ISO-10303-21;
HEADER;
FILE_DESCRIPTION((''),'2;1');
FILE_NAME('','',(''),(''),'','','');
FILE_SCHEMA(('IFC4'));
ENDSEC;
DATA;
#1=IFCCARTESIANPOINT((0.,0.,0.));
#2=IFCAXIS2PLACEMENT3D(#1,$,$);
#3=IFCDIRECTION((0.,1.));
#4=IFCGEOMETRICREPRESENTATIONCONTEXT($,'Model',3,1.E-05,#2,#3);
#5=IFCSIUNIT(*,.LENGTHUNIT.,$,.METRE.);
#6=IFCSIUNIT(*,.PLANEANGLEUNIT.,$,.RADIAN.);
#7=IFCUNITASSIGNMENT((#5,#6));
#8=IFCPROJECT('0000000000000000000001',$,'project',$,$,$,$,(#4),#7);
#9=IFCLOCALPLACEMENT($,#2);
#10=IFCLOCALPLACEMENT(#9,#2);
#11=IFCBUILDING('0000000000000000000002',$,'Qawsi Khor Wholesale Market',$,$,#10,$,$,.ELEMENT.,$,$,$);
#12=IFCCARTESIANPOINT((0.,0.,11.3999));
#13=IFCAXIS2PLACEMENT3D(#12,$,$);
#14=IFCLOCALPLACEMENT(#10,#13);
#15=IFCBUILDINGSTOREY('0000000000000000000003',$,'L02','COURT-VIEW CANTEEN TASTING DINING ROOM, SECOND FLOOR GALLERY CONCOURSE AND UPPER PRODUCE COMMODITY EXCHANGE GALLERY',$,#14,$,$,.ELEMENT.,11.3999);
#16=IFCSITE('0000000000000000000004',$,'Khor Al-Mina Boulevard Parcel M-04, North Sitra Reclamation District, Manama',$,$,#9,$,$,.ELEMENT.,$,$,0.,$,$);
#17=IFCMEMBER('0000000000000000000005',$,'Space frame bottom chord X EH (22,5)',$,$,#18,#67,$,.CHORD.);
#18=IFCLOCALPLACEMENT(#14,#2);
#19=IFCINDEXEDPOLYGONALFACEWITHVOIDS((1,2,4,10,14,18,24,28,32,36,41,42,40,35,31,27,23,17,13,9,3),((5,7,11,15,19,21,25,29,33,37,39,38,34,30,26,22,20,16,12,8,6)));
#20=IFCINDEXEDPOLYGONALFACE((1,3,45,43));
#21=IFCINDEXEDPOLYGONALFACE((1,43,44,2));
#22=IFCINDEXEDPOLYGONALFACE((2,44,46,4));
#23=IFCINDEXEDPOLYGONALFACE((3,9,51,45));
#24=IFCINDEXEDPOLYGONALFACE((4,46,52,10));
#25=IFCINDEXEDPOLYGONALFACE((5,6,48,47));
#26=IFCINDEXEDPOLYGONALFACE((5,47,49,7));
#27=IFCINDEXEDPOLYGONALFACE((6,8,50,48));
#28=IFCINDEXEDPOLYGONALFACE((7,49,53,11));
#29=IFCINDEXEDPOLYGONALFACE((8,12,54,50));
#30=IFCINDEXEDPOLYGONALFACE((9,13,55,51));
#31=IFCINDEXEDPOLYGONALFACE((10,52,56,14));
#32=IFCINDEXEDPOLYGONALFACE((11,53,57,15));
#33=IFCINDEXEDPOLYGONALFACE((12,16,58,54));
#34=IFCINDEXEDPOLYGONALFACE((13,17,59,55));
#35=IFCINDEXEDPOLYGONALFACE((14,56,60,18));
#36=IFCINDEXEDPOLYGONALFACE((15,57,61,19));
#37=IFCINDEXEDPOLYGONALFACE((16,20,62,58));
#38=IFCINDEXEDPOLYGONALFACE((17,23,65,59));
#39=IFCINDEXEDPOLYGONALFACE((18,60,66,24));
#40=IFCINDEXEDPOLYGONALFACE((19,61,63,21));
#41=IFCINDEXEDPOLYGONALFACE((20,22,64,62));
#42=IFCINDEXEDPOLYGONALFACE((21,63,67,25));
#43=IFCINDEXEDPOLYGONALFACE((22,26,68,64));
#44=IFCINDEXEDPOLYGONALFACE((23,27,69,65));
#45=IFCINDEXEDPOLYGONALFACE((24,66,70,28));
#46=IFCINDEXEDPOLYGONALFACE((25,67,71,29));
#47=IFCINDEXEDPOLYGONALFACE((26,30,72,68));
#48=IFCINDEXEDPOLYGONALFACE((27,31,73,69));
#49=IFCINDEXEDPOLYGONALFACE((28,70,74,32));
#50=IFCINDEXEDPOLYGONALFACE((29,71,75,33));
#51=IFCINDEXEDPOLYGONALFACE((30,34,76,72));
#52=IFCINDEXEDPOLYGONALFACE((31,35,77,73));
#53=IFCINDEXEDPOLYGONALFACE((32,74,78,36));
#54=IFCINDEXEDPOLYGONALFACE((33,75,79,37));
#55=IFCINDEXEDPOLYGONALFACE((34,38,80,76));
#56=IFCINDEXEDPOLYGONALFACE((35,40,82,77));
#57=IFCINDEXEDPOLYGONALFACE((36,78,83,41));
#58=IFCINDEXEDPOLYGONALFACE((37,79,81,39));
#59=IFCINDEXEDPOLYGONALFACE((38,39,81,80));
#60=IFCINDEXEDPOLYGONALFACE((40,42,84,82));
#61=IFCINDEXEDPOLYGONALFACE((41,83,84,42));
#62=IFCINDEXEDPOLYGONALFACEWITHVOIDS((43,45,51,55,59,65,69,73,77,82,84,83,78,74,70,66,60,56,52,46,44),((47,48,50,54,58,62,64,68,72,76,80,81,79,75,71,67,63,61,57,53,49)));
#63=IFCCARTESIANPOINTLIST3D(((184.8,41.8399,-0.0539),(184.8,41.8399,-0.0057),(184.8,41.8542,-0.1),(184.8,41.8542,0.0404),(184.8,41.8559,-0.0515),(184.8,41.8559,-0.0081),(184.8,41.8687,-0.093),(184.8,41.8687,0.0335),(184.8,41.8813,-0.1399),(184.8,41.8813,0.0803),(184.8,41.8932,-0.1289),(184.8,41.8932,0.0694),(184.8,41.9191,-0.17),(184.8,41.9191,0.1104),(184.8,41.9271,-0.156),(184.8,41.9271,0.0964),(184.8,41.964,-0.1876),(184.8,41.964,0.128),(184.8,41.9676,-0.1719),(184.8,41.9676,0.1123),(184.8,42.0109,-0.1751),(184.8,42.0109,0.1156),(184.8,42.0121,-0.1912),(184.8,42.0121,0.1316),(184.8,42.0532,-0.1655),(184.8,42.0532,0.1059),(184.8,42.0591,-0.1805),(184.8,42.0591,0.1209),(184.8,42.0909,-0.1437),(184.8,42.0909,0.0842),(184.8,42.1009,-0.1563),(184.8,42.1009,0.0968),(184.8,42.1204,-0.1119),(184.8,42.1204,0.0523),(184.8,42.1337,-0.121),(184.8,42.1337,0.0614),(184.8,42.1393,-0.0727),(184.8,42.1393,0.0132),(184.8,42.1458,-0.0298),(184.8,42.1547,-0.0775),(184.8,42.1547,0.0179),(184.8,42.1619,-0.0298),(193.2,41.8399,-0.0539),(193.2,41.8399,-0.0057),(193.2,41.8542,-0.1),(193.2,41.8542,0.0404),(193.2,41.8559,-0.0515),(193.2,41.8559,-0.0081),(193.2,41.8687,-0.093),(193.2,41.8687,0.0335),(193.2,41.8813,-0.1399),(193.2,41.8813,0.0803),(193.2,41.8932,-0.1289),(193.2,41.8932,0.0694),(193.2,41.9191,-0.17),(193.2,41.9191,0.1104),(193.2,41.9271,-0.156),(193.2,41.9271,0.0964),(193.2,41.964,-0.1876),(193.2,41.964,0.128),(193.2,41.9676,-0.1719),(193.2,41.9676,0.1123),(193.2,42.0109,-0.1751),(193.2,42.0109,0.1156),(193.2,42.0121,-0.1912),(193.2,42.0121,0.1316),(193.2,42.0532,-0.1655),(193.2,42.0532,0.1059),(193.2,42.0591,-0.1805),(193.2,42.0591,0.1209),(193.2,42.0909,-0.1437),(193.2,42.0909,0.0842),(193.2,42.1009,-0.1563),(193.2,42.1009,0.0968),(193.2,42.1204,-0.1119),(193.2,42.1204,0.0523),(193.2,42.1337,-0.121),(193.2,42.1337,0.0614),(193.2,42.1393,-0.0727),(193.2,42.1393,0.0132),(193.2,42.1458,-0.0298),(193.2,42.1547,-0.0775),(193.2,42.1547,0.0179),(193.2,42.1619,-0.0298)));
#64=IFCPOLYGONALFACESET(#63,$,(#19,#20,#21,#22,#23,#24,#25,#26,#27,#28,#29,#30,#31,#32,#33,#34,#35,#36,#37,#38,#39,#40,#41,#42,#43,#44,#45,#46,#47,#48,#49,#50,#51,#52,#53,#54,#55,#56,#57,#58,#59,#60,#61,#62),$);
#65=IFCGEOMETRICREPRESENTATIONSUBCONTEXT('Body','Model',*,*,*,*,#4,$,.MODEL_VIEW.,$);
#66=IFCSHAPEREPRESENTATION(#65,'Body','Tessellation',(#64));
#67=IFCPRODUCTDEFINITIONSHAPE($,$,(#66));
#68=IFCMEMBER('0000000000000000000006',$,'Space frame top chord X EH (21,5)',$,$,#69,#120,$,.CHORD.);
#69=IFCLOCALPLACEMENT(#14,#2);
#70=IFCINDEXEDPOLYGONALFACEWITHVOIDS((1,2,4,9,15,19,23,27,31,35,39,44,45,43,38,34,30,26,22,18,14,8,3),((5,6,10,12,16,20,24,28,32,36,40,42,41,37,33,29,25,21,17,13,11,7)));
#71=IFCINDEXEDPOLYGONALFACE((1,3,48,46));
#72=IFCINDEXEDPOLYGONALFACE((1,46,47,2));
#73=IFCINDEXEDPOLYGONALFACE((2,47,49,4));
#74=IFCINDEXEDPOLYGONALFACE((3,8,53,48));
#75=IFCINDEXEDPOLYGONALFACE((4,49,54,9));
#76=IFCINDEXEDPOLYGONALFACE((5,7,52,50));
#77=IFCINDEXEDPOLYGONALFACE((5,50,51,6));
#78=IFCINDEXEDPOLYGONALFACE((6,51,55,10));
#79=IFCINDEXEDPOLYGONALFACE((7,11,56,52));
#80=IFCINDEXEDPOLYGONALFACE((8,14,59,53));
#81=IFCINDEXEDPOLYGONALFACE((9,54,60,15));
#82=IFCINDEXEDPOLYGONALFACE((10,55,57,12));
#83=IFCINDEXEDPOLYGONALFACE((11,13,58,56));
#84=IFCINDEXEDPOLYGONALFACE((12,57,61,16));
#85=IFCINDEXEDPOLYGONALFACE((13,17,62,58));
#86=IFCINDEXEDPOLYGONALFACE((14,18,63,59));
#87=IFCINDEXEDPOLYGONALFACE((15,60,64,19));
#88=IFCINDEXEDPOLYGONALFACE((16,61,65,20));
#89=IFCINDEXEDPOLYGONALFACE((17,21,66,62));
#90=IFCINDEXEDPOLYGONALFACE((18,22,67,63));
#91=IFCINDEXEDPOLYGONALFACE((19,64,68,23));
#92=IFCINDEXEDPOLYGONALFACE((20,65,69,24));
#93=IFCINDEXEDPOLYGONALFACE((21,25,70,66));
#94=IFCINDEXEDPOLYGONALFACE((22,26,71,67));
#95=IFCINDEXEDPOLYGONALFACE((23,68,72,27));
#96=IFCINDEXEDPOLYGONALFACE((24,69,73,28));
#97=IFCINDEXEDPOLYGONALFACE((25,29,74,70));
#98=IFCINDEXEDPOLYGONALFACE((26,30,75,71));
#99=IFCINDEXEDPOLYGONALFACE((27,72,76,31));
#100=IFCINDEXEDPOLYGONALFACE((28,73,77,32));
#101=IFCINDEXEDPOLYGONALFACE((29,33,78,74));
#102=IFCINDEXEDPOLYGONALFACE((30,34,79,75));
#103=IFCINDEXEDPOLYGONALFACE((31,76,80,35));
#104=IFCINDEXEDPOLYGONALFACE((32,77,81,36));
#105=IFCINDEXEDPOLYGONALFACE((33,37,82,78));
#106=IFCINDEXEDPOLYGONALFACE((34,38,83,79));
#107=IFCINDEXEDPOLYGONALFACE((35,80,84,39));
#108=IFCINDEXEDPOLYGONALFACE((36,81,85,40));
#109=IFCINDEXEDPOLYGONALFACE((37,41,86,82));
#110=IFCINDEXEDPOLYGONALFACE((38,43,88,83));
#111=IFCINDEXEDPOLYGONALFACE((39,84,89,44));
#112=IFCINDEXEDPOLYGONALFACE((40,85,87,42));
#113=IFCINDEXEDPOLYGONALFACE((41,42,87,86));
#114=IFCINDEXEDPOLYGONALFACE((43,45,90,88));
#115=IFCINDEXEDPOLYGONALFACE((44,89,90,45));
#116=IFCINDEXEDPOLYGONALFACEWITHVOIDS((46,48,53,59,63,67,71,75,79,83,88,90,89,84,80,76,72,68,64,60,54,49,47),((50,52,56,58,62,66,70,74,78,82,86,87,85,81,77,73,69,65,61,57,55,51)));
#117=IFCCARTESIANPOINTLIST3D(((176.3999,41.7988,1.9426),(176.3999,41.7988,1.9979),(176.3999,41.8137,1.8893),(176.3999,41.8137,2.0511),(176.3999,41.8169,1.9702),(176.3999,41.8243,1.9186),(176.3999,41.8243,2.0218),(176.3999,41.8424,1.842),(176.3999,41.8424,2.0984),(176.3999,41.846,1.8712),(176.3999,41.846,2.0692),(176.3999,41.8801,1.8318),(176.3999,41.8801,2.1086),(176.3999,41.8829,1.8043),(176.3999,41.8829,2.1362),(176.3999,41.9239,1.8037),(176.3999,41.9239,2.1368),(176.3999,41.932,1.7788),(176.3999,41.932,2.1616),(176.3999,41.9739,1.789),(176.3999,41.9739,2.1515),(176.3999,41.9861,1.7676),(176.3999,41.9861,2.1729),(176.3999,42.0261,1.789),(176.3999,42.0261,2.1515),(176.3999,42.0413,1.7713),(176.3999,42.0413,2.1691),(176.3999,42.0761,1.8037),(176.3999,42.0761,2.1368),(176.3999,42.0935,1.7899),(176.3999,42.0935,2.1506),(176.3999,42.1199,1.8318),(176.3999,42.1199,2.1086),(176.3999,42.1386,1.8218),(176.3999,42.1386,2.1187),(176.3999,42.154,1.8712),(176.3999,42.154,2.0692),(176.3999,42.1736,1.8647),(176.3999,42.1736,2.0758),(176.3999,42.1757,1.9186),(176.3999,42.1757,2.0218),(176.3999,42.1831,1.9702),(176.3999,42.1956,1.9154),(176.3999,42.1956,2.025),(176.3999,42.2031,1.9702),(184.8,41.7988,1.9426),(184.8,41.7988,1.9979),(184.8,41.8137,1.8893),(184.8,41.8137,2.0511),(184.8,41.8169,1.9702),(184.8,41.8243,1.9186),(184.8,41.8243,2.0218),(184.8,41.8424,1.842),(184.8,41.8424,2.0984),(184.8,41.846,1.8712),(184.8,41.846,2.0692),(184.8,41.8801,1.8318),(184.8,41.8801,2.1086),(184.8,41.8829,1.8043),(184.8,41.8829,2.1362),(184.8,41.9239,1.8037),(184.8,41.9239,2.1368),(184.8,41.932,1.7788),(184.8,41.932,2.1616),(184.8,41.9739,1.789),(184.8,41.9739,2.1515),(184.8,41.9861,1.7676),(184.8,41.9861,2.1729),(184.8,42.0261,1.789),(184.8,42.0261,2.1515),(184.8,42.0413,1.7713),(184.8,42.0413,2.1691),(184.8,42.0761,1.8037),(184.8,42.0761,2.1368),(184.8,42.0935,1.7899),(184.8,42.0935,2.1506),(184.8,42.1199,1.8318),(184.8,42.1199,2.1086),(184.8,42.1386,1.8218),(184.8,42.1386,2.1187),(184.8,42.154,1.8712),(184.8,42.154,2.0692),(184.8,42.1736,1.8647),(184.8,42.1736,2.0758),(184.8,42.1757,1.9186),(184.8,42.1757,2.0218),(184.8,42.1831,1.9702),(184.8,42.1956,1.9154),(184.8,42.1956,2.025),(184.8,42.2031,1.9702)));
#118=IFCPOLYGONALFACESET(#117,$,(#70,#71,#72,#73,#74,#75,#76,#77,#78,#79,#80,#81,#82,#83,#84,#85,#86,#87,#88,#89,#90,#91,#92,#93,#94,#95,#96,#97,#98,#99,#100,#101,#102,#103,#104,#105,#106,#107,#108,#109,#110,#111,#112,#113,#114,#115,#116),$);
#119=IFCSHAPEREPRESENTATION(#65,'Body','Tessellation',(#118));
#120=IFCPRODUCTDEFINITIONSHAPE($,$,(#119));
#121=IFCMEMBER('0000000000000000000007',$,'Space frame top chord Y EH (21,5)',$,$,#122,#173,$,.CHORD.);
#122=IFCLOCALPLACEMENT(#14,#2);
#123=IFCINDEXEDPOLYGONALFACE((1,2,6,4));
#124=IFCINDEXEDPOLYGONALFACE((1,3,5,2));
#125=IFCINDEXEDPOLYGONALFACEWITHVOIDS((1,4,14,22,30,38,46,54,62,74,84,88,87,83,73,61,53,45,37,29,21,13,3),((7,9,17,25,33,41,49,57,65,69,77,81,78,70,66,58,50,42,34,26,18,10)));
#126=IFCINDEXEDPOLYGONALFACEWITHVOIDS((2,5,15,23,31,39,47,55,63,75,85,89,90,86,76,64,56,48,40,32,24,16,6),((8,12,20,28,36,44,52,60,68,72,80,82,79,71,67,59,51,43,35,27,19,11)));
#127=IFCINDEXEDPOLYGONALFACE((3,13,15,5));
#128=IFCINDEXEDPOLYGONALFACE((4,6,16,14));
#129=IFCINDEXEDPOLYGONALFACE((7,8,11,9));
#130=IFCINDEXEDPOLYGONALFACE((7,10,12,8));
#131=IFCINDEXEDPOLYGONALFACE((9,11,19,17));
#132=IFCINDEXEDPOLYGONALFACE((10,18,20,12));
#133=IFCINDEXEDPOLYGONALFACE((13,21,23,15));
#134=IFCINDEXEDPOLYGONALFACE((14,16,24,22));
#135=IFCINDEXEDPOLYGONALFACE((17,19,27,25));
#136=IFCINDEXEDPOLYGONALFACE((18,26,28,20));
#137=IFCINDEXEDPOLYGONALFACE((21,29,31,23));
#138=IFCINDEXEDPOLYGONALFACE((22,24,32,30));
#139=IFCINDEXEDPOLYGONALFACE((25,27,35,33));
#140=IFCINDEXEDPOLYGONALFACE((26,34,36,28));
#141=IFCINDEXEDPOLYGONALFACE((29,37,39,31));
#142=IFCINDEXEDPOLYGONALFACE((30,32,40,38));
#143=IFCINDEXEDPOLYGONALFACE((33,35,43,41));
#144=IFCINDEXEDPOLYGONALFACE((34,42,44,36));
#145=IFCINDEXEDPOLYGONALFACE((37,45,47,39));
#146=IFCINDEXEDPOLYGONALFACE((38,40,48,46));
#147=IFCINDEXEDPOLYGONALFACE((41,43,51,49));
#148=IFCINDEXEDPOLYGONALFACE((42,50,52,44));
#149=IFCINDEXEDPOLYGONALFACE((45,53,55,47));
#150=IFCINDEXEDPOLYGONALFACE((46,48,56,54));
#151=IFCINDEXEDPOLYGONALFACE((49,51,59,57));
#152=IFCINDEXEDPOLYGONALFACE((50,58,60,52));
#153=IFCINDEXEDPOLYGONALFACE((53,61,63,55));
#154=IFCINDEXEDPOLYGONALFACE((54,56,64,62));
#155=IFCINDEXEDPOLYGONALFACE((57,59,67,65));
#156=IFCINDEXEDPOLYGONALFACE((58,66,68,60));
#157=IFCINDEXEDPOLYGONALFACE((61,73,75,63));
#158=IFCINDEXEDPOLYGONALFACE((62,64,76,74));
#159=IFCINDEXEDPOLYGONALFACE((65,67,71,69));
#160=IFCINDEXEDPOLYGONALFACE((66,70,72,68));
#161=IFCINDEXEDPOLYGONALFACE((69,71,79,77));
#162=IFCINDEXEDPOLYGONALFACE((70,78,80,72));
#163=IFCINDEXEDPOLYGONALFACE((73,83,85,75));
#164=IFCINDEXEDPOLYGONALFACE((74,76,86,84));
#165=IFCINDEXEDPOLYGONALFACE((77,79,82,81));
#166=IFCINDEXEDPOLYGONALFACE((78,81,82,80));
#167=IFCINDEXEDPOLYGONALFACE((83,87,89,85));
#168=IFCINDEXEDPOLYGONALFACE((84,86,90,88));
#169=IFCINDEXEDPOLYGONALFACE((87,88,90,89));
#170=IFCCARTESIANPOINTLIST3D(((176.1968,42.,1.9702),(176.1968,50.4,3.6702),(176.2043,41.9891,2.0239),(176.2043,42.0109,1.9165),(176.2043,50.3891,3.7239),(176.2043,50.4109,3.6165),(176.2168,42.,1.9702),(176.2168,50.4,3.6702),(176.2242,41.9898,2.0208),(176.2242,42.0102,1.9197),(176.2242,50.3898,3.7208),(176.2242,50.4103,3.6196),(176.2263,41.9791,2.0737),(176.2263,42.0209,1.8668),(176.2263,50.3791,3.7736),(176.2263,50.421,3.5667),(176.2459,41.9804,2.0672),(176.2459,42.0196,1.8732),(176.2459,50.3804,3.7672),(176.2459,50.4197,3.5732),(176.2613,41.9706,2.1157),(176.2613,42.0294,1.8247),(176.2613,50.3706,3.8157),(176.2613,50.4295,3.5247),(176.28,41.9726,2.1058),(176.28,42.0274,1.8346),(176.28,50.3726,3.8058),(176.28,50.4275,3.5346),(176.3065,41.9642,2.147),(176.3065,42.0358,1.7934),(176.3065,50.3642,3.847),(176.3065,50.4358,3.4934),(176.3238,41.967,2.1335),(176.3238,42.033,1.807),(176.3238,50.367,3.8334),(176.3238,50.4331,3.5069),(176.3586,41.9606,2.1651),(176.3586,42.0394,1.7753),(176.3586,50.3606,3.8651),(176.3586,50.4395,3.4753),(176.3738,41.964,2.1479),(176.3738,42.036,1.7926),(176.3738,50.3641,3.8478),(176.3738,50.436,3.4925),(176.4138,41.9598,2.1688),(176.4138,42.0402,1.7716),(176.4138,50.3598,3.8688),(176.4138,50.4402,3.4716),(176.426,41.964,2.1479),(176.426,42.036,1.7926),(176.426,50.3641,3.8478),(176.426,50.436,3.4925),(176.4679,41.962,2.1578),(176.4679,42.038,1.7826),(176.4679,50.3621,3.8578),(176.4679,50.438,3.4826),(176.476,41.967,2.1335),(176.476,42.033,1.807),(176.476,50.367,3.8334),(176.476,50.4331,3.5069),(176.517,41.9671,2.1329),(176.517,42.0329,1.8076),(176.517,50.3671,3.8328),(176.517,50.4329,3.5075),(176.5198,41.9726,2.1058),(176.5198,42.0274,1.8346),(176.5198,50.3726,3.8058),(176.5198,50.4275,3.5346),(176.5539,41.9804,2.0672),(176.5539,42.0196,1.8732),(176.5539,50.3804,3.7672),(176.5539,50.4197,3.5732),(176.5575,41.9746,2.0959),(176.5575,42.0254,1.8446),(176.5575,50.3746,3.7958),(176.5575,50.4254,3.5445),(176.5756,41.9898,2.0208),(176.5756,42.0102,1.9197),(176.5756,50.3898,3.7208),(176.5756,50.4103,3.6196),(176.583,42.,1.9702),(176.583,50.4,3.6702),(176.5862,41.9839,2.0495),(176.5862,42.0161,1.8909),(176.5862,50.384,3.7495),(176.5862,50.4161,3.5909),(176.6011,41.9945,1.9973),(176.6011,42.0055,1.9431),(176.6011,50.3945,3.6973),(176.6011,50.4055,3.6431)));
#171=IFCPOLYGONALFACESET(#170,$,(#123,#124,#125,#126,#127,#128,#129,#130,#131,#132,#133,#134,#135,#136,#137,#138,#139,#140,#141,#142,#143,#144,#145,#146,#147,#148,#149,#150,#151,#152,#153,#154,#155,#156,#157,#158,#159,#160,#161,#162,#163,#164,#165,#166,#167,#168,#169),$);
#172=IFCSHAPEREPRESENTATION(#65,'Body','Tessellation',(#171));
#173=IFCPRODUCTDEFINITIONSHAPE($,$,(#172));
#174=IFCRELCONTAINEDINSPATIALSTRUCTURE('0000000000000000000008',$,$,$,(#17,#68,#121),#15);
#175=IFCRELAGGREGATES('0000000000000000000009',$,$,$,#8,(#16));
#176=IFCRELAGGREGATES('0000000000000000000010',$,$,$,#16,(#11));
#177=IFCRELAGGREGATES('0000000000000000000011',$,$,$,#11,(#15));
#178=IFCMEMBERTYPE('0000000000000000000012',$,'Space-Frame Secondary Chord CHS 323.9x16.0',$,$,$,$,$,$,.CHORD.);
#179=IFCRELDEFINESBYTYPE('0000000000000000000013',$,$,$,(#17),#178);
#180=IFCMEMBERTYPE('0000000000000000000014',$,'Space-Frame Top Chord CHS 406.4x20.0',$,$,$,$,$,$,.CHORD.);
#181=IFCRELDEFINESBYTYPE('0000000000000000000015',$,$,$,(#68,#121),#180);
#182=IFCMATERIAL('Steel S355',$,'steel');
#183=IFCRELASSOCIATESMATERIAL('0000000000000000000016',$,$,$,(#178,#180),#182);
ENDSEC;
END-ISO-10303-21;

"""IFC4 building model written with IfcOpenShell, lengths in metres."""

from ifc_helpers import new_model, si_unit, direction, frame, origin, origin_2d, place, context, subcontext, project, spatial, hollow_circle, extrude, material, material_profile, profile_set, type_object, element, save


model = new_model("IFC4")

# Units and contexts
model_context = context("Model", 3, precision=1e-05, world=origin(), true_north=direction((0.0, 1.0)))
body_context = subcontext(model_context, "Body", "Model", "MODEL_VIEW")
ifc_project = project(units=[si_unit("LENGTHUNIT", "METRE"), si_unit("PLANEANGLEUNIT", "RADIAN")], contexts=[model_context])

# Site, building, storey
site_placement = place(None, origin())
site = spatial("IfcSite", under=ifc_project, at=site_placement, Name="Khor Al-Mina Boulevard Parcel M-04, North Sitra Reclamation District, Manama", CompositionType="ELEMENT", RefElevation=0.0)
building_placement = place(site_placement, origin())
building = spatial("IfcBuilding", under=site, at=building_placement, Name="Qawsi Khor Wholesale Market", CompositionType="ELEMENT")
storey_placement = place(building_placement, frame((0.0, 0.0, 11.3999)))
storey = spatial("IfcBuildingStorey", under=building, at=storey_placement, Name="L02", Description="COURT-VIEW CANTEEN TASTING DINING ROOM, SECOND FLOOR GALLERY CONCOURSE AND UPPER PRODUCE COMMODITY EXCHANGE GALLERY", CompositionType="ELEMENT", Elevation=11.3999)

# Members
ifc_material_1 = material(Name="Steel S355", Category="steel")
ifc_material_profile_1 = material_profile(ifc_material_1, hollow_circle(Radius=0.1619, WallThickness=0.0161, at=origin_2d()), Name="CHS 323.9x16.0")
ifc_profile_set_1 = profile_set([ifc_material_profile_1], Name="Steel S355")
member_type_1 = type_object("IfcMemberType", Name="Space-Frame Secondary Chord CHS 323.9x16.0", PredefinedType="CHORD", material=ifc_profile_set_1)
member_1_placement = place(storey_placement, frame((184.8, 42.0, -0.0298), z_axis=(1.0, 0.0, 0.0), x_axis=(0.0, 1.0, 0.0)))
element("IfcMember", 1, at=member_1_placement, inside=storey, type_object=member_type_1, Name="Space frame bottom chord X EH (22,5)", PredefinedType="CHORD", context=body_context, shape_type="SweptSolid", body=[
    extrude(hollow_circle(Radius=0.1619, WallThickness=0.0161, at=origin_2d()), origin(), (0.0, 0.0, 1.0), 8.3999),
])
ifc_material_profile_2 = material_profile(ifc_material_1, hollow_circle(Radius=0.2031, WallThickness=0.02, at=origin_2d()), Name="CHS 406.4x20.0")
ifc_profile_set_2 = profile_set([ifc_material_profile_2], Name="Steel S355")
member_type_2 = type_object("IfcMemberType", Name="Space-Frame Top Chord CHS 406.4x20.0", PredefinedType="CHORD", material=ifc_profile_set_2)
member_2_placement = place(storey_placement, frame((176.3999, 42.0, 1.9702), z_axis=(1.0, 0.0, 0.0), x_axis=(0.0, 1.0, 0.0)))
element("IfcMember", 2, at=member_2_placement, inside=storey, type_object=member_type_2, Name="Space frame top chord X EH (21,5)", PredefinedType="CHORD", context=body_context, shape_type="SweptSolid", body=[
    extrude(hollow_circle(Radius=0.2031, WallThickness=0.02, at=origin_2d()), origin(), (0.0, 0.0, 1.0), 8.4001),
])
member_3_placement = place(storey_placement, frame((176.3999, 42.0, 1.9702), z_axis=(0.0, 0.98013, 0.198356), x_axis=(-1.0, 0.0, 0.0)))
element("IfcMember", 3, at=member_3_placement, inside=storey, type_object=member_type_2, Name="Space frame top chord Y EH (21,5)", PredefinedType="CHORD", context=body_context, shape_type="SweptSolid", body=[
    extrude(hollow_circle(Radius=0.2031, WallThickness=0.02, at=origin_2d()), origin(), (0.0, 0.0, 1.0), 8.5703),
])

save(model, "model.ifc")
